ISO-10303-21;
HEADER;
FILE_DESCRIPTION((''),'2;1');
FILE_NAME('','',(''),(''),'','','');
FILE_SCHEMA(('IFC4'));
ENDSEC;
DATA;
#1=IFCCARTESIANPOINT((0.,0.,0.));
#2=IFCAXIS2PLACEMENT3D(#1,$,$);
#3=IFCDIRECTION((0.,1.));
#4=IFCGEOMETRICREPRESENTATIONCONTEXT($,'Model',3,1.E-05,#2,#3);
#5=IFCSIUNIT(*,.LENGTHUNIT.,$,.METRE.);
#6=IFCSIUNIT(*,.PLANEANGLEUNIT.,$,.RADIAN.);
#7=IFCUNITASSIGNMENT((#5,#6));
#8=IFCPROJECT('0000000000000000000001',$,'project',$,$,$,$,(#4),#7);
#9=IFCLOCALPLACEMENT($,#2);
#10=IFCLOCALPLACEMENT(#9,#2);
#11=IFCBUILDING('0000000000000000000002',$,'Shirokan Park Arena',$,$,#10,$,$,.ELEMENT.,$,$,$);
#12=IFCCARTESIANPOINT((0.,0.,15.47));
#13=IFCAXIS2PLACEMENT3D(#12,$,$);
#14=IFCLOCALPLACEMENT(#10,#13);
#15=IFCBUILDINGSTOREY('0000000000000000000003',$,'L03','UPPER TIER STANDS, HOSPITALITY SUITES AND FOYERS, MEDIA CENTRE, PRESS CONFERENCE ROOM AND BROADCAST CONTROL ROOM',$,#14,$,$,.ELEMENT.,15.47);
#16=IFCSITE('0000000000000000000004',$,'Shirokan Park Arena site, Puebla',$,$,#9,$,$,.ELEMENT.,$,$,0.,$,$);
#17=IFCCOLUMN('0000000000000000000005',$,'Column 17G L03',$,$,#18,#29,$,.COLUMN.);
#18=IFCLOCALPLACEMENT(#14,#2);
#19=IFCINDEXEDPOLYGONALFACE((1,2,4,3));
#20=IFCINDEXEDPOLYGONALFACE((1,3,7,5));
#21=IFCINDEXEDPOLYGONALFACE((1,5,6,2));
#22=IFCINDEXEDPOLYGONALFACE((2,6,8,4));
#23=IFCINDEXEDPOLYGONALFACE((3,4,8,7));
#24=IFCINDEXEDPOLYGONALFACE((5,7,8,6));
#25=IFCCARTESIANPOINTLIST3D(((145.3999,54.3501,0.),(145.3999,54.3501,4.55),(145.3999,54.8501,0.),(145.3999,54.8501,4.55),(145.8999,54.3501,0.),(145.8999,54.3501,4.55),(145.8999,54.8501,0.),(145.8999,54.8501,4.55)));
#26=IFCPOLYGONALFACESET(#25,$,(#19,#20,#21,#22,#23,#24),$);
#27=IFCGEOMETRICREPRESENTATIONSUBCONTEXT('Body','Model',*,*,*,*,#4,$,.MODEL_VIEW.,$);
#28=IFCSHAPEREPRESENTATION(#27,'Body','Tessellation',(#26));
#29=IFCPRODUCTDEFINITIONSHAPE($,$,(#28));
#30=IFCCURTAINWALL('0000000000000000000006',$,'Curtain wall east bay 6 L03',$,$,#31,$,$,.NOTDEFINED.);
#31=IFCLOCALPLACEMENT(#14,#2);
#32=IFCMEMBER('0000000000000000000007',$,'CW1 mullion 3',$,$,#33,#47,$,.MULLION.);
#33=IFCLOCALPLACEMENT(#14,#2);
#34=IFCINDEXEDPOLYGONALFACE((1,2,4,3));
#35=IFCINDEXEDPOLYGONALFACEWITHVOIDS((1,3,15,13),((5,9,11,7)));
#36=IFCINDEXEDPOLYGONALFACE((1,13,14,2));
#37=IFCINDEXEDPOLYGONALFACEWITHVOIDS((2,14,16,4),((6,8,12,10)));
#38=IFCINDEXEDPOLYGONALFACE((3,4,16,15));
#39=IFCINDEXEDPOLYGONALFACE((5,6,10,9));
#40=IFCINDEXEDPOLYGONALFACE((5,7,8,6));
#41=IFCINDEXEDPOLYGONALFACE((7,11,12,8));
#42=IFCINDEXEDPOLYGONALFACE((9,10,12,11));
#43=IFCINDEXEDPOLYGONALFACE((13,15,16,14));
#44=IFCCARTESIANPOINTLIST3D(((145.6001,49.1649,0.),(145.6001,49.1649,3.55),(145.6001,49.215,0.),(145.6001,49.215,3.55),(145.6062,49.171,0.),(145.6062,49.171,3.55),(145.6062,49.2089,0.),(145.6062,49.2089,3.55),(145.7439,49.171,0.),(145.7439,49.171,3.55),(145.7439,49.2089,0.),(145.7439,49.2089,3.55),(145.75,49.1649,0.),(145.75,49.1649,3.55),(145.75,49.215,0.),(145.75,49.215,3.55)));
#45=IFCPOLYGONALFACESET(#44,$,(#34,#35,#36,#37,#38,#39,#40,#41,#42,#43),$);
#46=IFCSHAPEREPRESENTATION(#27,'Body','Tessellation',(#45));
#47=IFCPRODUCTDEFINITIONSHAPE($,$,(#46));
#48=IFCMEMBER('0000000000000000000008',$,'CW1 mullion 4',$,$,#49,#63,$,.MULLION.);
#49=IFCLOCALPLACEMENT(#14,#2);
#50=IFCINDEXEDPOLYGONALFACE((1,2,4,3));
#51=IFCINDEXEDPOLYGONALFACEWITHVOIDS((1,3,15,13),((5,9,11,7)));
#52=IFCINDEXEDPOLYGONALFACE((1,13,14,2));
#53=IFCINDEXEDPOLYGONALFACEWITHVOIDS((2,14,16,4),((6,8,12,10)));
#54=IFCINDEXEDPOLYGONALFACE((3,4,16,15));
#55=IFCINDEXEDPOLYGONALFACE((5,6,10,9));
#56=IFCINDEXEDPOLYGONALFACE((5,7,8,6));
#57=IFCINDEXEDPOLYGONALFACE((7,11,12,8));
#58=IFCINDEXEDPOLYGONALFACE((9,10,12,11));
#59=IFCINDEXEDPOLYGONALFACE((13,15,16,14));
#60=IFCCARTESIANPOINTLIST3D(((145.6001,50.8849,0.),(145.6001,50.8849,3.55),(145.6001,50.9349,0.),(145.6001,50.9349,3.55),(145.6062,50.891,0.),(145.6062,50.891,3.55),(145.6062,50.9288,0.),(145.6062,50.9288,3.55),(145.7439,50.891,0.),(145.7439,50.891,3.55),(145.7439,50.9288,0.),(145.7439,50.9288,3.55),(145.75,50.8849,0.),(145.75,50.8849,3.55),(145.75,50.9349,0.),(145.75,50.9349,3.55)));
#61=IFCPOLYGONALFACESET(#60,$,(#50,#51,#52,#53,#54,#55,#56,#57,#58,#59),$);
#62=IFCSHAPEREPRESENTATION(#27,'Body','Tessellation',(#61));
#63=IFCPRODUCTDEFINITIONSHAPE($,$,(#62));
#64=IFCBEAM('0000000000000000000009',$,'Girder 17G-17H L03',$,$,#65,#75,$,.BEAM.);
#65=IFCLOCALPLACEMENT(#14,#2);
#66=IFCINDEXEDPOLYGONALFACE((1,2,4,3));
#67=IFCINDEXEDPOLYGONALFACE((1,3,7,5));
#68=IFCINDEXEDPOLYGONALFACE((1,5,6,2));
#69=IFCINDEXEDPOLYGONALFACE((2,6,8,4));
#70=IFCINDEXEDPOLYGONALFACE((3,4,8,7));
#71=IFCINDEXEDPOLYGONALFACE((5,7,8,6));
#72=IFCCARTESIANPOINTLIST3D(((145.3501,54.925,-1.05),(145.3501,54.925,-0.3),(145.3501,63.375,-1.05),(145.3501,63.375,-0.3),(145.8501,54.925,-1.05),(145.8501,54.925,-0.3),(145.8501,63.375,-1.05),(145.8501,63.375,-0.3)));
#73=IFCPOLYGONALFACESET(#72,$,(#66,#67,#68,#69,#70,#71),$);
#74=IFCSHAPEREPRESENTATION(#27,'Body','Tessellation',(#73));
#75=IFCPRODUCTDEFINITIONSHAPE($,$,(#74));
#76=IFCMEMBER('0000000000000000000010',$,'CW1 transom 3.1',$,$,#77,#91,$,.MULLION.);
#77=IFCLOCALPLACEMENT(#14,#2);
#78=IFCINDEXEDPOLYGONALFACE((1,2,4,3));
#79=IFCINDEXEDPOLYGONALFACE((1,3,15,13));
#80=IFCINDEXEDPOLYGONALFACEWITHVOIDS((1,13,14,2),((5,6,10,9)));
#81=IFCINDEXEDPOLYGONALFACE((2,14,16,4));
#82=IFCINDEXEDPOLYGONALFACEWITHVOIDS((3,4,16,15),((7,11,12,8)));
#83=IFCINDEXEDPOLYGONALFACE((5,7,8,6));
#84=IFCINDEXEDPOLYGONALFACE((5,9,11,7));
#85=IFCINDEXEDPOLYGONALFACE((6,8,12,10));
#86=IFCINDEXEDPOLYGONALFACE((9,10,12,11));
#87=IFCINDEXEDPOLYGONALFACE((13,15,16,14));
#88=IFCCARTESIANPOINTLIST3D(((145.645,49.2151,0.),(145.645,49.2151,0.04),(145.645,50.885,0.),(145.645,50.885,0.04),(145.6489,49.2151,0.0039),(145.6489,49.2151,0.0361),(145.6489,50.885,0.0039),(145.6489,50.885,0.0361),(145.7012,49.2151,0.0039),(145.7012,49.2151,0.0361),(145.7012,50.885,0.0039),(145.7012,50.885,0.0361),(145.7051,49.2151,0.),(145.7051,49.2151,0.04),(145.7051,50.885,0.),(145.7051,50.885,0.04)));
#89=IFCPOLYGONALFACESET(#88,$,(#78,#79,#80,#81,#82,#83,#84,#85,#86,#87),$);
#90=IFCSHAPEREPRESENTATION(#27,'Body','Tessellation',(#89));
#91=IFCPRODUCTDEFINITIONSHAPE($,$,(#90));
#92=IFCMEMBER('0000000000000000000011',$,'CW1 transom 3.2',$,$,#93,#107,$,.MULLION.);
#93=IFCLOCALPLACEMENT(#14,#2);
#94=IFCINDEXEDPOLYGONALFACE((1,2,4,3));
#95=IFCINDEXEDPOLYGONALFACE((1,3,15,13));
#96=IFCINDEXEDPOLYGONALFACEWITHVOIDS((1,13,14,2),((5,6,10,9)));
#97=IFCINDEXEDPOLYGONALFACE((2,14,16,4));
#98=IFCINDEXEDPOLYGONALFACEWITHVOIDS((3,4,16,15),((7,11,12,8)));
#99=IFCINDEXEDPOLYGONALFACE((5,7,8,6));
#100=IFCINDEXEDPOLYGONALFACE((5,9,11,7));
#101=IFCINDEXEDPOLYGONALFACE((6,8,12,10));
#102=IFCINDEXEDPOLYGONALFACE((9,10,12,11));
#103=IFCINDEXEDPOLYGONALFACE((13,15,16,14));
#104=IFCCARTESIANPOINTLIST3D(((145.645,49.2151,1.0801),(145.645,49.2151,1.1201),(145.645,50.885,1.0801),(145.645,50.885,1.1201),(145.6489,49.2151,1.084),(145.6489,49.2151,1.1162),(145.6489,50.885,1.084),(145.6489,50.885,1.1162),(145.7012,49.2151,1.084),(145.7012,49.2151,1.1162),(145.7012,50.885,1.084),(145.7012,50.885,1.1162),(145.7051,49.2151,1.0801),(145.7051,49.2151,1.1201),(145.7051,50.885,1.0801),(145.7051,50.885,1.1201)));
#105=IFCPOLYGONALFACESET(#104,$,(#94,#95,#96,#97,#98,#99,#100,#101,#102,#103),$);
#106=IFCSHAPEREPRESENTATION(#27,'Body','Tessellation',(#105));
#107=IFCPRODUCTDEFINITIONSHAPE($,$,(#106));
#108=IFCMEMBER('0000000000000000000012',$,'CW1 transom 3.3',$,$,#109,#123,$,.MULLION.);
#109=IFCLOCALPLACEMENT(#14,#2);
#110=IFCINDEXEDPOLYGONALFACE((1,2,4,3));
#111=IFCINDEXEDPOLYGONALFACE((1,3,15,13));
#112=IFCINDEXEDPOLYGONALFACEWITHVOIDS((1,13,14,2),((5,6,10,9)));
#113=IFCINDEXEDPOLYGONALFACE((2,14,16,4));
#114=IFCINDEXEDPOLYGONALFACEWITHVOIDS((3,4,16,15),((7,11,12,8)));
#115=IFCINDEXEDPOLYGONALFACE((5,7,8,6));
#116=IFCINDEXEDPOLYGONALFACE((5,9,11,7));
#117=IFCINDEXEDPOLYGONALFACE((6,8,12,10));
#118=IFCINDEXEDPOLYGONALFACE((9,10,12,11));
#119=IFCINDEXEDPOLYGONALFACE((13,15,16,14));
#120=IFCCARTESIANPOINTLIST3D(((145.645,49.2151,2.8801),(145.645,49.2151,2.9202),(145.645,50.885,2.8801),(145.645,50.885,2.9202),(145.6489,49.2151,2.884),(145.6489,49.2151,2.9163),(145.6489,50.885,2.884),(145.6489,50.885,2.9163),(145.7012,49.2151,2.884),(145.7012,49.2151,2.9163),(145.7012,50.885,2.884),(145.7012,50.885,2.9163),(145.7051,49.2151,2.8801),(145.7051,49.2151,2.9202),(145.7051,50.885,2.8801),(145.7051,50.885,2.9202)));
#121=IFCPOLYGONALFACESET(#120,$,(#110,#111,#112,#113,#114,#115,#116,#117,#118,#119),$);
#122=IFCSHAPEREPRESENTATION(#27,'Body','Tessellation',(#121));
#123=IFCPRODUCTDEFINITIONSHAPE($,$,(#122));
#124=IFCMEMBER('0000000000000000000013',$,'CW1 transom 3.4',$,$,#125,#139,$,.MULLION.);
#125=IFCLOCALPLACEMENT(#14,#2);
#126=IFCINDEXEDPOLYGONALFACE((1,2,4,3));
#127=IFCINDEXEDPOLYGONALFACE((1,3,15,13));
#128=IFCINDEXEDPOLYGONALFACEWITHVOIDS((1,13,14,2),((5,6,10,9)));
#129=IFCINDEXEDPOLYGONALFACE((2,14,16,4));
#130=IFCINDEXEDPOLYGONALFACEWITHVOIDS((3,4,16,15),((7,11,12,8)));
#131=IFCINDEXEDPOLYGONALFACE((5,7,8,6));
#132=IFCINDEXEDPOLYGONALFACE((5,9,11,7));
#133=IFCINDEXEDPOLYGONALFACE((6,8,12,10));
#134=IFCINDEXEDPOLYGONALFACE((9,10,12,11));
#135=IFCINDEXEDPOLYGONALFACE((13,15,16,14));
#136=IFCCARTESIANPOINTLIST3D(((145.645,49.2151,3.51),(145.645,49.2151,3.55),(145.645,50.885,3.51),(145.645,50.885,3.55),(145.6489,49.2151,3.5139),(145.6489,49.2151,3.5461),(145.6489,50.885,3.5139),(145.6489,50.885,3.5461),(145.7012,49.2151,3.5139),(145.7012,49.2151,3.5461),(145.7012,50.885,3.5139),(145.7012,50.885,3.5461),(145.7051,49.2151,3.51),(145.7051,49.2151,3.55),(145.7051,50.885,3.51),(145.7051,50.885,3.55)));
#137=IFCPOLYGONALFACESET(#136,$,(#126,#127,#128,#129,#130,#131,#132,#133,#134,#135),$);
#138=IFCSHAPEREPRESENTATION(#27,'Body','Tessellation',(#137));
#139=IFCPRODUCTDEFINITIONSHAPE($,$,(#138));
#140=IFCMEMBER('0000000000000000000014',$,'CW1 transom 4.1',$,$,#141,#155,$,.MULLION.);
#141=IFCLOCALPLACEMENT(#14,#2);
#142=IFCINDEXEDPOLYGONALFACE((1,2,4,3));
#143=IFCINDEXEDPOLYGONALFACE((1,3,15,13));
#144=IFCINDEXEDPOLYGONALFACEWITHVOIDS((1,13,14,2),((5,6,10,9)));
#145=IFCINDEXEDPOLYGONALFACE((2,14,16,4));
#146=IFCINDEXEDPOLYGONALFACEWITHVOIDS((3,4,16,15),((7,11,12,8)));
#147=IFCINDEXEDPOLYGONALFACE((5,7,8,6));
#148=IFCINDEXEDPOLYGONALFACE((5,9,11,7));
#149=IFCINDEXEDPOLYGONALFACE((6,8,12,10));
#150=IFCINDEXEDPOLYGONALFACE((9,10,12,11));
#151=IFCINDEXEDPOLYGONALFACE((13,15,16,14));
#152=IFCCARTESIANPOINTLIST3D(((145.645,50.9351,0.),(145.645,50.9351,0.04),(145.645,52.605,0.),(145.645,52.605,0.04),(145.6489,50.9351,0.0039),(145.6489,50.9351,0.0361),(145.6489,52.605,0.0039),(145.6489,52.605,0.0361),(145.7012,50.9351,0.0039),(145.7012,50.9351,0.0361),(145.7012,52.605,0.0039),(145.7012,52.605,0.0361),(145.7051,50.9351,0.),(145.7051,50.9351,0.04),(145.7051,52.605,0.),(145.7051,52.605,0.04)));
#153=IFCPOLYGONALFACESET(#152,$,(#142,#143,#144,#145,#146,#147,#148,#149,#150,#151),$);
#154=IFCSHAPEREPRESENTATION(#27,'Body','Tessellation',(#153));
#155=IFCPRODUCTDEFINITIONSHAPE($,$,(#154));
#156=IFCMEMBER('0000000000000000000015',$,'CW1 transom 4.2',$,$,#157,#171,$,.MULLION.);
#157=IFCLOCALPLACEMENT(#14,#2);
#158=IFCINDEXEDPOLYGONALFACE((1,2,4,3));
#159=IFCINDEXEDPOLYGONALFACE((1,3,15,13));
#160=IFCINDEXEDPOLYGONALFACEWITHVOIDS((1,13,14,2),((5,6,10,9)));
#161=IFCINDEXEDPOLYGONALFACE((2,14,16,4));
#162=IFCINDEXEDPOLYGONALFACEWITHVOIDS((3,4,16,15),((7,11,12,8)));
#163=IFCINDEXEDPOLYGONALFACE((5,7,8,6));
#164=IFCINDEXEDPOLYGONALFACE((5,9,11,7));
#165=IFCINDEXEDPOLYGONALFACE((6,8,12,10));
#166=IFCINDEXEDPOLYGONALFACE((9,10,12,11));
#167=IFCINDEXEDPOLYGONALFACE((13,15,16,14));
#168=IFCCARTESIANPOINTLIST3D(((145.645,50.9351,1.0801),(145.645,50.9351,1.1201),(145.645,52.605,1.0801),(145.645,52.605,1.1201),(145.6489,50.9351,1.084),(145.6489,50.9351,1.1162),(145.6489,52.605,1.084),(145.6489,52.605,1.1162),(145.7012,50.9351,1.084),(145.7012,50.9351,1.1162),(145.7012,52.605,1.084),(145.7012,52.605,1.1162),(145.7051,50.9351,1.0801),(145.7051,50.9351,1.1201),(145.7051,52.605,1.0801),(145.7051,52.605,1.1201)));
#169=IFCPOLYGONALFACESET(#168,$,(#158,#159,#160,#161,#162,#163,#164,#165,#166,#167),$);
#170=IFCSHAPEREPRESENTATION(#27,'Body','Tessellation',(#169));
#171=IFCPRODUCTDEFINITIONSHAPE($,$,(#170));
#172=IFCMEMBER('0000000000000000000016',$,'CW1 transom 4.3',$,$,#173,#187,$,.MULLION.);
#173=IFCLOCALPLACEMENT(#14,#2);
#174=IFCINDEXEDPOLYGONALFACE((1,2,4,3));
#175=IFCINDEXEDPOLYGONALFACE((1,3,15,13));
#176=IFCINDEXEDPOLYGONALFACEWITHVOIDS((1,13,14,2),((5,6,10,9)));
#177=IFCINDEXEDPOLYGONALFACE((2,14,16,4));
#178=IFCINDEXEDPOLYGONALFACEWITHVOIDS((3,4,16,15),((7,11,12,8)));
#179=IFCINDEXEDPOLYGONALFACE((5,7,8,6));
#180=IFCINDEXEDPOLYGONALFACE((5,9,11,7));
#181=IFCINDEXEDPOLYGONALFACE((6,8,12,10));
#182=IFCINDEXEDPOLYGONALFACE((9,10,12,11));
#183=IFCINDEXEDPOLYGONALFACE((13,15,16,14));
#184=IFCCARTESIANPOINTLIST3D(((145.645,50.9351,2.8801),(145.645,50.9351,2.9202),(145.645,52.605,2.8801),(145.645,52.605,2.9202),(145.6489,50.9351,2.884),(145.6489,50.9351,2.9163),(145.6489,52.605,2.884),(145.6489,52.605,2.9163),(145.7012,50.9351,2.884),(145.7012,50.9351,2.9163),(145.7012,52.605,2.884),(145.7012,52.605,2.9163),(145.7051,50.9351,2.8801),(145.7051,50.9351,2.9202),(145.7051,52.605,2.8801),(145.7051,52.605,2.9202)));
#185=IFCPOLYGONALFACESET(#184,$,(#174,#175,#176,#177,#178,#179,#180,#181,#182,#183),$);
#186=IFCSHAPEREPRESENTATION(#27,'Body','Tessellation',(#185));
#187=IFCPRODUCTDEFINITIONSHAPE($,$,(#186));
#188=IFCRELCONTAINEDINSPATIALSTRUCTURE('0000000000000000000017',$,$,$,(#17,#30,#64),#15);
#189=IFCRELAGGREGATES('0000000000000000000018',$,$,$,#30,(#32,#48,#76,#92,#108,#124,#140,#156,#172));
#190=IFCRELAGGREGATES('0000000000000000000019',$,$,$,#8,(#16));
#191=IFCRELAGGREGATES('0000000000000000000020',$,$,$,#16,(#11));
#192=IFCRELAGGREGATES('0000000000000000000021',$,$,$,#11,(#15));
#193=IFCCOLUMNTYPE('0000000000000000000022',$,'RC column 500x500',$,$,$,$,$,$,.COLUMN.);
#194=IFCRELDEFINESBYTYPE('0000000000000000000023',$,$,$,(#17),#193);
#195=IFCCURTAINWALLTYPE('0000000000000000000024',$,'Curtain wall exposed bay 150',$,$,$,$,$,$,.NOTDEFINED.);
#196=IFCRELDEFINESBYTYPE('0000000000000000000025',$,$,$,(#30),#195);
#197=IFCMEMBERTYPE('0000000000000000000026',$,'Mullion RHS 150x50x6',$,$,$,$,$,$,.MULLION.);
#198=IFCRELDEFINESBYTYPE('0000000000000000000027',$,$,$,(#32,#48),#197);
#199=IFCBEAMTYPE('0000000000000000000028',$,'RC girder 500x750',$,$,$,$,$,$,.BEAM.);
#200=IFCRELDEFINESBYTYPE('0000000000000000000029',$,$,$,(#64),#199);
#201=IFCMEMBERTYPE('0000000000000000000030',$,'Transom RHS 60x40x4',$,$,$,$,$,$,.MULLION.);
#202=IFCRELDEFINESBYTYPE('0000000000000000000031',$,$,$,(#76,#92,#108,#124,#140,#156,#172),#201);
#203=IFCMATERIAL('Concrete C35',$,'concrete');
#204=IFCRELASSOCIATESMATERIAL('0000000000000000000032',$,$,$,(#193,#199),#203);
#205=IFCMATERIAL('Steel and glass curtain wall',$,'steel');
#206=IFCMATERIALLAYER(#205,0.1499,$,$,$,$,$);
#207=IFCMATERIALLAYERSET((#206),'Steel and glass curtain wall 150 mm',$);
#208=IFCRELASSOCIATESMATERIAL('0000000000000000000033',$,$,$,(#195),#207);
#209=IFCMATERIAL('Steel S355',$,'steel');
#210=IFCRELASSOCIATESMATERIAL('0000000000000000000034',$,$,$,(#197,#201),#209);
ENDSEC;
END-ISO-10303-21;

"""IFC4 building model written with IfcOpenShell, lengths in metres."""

from ifc_helpers import new_model, si_unit, direction, frame, origin, origin_2d, place, context, subcontext, project, spatial, rectangle, hollow_rectangle, extrude, material, layer, layer_set, material_profile, profile_set, type_object, element, aggregate, save


model = new_model("IFC4")

# Units and contexts
model_context = context("Model", 3, precision=1e-05, world=origin(), true_north=direction((0.0, 1.0)))
body_context = subcontext(model_context, "Body", "Model", "MODEL_VIEW")
ifc_project = project(units=[si_unit("LENGTHUNIT", "METRE"), si_unit("PLANEANGLEUNIT", "RADIAN")], contexts=[model_context])

# Site, building, storey
site_placement = place(None, origin())
site = spatial("IfcSite", under=ifc_project, at=site_placement, Name="Shirokan Park Arena site, Puebla", CompositionType="ELEMENT", RefElevation=0.0)
building_placement = place(site_placement, origin())
building = spatial("IfcBuilding", under=site, at=building_placement, Name="Shirokan Park Arena", CompositionType="ELEMENT")
storey_placement = place(building_placement, frame((0.0, 0.0, 15.47)))
storey = spatial("IfcBuildingStorey", under=building, at=storey_placement, Name="L03", Description="UPPER TIER STANDS, HOSPITALITY SUITES AND FOYERS, MEDIA CENTRE, PRESS CONFERENCE ROOM AND BROADCAST CONTROL ROOM", CompositionType="ELEMENT", Elevation=15.47)

# Column
ifc_material_1 = material(Name="Concrete C35", Category="concrete")
ifc_material_profile_1 = material_profile(ifc_material_1, rectangle(XDim=0.5, YDim=0.5, at=origin_2d()), Name="500x500")
ifc_profile_set_1 = profile_set([ifc_material_profile_1], Name="Concrete C35")
column_type = type_object("IfcColumnType", Name="RC column 500x500", PredefinedType="COLUMN", material=ifc_profile_set_1)
column_placement = place(storey_placement, frame((145.6499, 54.6001, 0.0), z_axis=(0.0, 0.0, 1.0), x_axis=(1.0, 0.0, 0.0)))
element("IfcColumn", 1, at=column_placement, inside=storey, type_object=column_type, Name="Column 17G L03", PredefinedType="COLUMN", context=body_context, shape_type="SweptSolid", body=[
    extrude(rectangle(XDim=0.5, YDim=0.5, at=origin_2d()), origin(), (0.0, 0.0, 1.0), 4.55),
])

# Curtain wall, members
ifc_material_2 = material(Name="Steel and glass curtain wall", Category="steel")
ifc_layer_1 = layer(ifc_material_2, 0.1499)
ifc_layer_set_1 = layer_set([ifc_layer_1], Name="Steel and glass curtain wall 150 mm")
curtain_wall_type = type_object("IfcCurtainWallType", Name="Curtain wall exposed bay 150", PredefinedType="NOTDEFINED", material=ifc_layer_set_1)
curtain_wall_placement = place(storey_placement, origin())
curtain_wall = element("IfcCurtainWall", 2, at=curtain_wall_placement, inside=storey, type_object=curtain_wall_type, Name="Curtain wall east bay 6 L03", PredefinedType="NOTDEFINED")
ifc_material_3 = material(Name="Steel S355", Category="steel")
ifc_material_profile_2 = material_profile(ifc_material_3, hollow_rectangle(XDim=0.1499, YDim=0.05, WallThickness=0.0061, at=origin_2d()), Name="RHS 150x50x6")
ifc_profile_set_2 = profile_set([ifc_material_profile_2], Name="Steel S355")
member_type_1 = type_object("IfcMemberType", Name="Mullion RHS 150x50x6", PredefinedType="MULLION", material=ifc_profile_set_2)
member_1_placement = place(storey_placement, frame((145.675, 49.1899, 0.0), z_axis=(0.0, 0.0, 1.0), x_axis=(-1.0, 0.0, 0.0)))
member_1 = element("IfcMember", 3, at=member_1_placement, type_object=member_type_1, Name="CW1 mullion 3", PredefinedType="MULLION", context=body_context, shape_type="SweptSolid", body=[
    extrude(hollow_rectangle(XDim=0.1499, YDim=0.05, WallThickness=0.0061, at=origin_2d()), origin(), (0.0, 0.0, 1.0), 3.55),
])
member_2_placement = place(storey_placement, frame((145.675, 50.9099, 0.0), z_axis=(0.0, 0.0, 1.0), x_axis=(-1.0, 0.0, 0.0)))
member_2 = element("IfcMember", 4, at=member_2_placement, type_object=member_type_1, Name="CW1 mullion 4", PredefinedType="MULLION", context=body_context, shape_type="SweptSolid", body=[
    extrude(hollow_rectangle(XDim=0.1499, YDim=0.05, WallThickness=0.0061, at=origin_2d()), origin(), (0.0, 0.0, 1.0), 3.55),
])

# Beam
ifc_material_profile_3 = material_profile(ifc_material_1, rectangle(XDim=0.5, YDim=0.75, at=origin_2d()), Name="500x750")
ifc_profile_set_3 = profile_set([ifc_material_profile_3], Name="Concrete C35")
beam_type = type_object("IfcBeamType", Name="RC girder 500x750", PredefinedType="BEAM", material=ifc_profile_set_3)
beam_placement = place(storey_placement, frame((145.6001, 54.925, -0.675), z_axis=(0.0, 1.0, 0.0), x_axis=(-1.0, 0.0, 0.0)))
element("IfcBeam", 5, at=beam_placement, inside=storey, type_object=beam_type, Name="Girder 17G-17H L03", PredefinedType="BEAM", context=body_context, shape_type="SweptSolid", body=[
    extrude(rectangle(XDim=0.5, YDim=0.75, at=origin_2d()), origin(), (0.0, 0.0, 1.0), 8.45),
])

# Members
ifc_material_profile_4 = material_profile(ifc_material_3, hollow_rectangle(XDim=0.0601, YDim=0.04, WallThickness=0.0039, at=origin_2d()), Name="RHS 60x40x4")
ifc_profile_set_4 = profile_set([ifc_material_profile_4], Name="Steel S355")
member_type_2 = type_object("IfcMemberType", Name="Transom RHS 60x40x4", PredefinedType="MULLION", material=ifc_profile_set_4)
member_3_placement = place(storey_placement, frame((145.675, 49.2151, 0.02), z_axis=(0.0, 1.0, 0.0), x_axis=(-1.0, 0.0, 0.0)))
member_3 = element("IfcMember", 6, at=member_3_placement, type_object=member_type_2, Name="CW1 transom 3.1", PredefinedType="MULLION", context=body_context, shape_type="SweptSolid", body=[
    extrude(hollow_rectangle(XDim=0.0601, YDim=0.04, WallThickness=0.0039, at=origin_2d()), origin(), (0.0, 0.0, 1.0), 1.6699),
])
member_4_placement = place(storey_placement, frame((145.675, 49.2151, 1.1001), z_axis=(0.0, 1.0, 0.0), x_axis=(-1.0, 0.0, 0.0)))
member_4 = element("IfcMember", 7, at=member_4_placement, type_object=member_type_2, Name="CW1 transom 3.2", PredefinedType="MULLION", context=body_context, shape_type="SweptSolid", body=[
    extrude(hollow_rectangle(XDim=0.0601, YDim=0.04, WallThickness=0.0039, at=origin_2d()), origin(), (0.0, 0.0, 1.0), 1.6699),
])
member_5_placement = place(storey_placement, frame((145.675, 49.2151, 2.9001), z_axis=(0.0, 1.0, 0.0), x_axis=(-1.0, 0.0, 0.0)))
member_5 = element("IfcMember", 8, at=member_5_placement, type_object=member_type_2, Name="CW1 transom 3.3", PredefinedType="MULLION", context=body_context, shape_type="SweptSolid", body=[
    extrude(hollow_rectangle(XDim=0.0601, YDim=0.04, WallThickness=0.0039, at=origin_2d()), origin(), (0.0, 0.0, 1.0), 1.6699),
])
member_6_placement = place(storey_placement, frame((145.675, 49.2151, 3.53), z_axis=(0.0, 1.0, 0.0), x_axis=(-1.0, 0.0, 0.0)))
member_6 = element("IfcMember", 9, at=member_6_placement, type_object=member_type_2, Name="CW1 transom 3.4", PredefinedType="MULLION", context=body_context, shape_type="SweptSolid", body=[
    extrude(hollow_rectangle(XDim=0.0601, YDim=0.04, WallThickness=0.0039, at=origin_2d()), origin(), (0.0, 0.0, 1.0), 1.6699),
])
member_7_placement = place(storey_placement, frame((145.675, 50.9351, 0.02), z_axis=(0.0, 1.0, 0.0), x_axis=(-1.0, 0.0, 0.0)))
member_7 = element("IfcMember", 10, at=member_7_placement, type_object=member_type_2, Name="CW1 transom 4.1", PredefinedType="MULLION", context=body_context, shape_type="SweptSolid", body=[
    extrude(hollow_rectangle(XDim=0.0601, YDim=0.04, WallThickness=0.0039, at=origin_2d()), origin(), (0.0, 0.0, 1.0), 1.6699),
])
member_8_placement = place(storey_placement, frame((145.675, 50.9351, 1.1001), z_axis=(0.0, 1.0, 0.0), x_axis=(-1.0, 0.0, 0.0)))
member_8 = element("IfcMember", 11, at=member_8_placement, type_object=member_type_2, Name="CW1 transom 4.2", PredefinedType="MULLION", context=body_context, shape_type="SweptSolid", body=[
    extrude(hollow_rectangle(XDim=0.0601, YDim=0.04, WallThickness=0.0039, at=origin_2d()), origin(), (0.0, 0.0, 1.0), 1.6699),
])
member_9_placement = place(storey_placement, frame((145.675, 50.9351, 2.9001), z_axis=(0.0, 1.0, 0.0), x_axis=(-1.0, 0.0, 0.0)))
member_9 = element("IfcMember", 12, at=member_9_placement, type_object=member_type_2, Name="CW1 transom 4.3", PredefinedType="MULLION", context=body_context, shape_type="SweptSolid", body=[
    extrude(hollow_rectangle(XDim=0.0601, YDim=0.04, WallThickness=0.0039, at=origin_2d()), origin(), (0.0, 0.0, 1.0), 1.6699),
])

aggregate(curtain_wall, [member_1, member_2, member_3, member_4, member_5, member_6, member_7, member_8, member_9])

save(model, "model.ifc")
